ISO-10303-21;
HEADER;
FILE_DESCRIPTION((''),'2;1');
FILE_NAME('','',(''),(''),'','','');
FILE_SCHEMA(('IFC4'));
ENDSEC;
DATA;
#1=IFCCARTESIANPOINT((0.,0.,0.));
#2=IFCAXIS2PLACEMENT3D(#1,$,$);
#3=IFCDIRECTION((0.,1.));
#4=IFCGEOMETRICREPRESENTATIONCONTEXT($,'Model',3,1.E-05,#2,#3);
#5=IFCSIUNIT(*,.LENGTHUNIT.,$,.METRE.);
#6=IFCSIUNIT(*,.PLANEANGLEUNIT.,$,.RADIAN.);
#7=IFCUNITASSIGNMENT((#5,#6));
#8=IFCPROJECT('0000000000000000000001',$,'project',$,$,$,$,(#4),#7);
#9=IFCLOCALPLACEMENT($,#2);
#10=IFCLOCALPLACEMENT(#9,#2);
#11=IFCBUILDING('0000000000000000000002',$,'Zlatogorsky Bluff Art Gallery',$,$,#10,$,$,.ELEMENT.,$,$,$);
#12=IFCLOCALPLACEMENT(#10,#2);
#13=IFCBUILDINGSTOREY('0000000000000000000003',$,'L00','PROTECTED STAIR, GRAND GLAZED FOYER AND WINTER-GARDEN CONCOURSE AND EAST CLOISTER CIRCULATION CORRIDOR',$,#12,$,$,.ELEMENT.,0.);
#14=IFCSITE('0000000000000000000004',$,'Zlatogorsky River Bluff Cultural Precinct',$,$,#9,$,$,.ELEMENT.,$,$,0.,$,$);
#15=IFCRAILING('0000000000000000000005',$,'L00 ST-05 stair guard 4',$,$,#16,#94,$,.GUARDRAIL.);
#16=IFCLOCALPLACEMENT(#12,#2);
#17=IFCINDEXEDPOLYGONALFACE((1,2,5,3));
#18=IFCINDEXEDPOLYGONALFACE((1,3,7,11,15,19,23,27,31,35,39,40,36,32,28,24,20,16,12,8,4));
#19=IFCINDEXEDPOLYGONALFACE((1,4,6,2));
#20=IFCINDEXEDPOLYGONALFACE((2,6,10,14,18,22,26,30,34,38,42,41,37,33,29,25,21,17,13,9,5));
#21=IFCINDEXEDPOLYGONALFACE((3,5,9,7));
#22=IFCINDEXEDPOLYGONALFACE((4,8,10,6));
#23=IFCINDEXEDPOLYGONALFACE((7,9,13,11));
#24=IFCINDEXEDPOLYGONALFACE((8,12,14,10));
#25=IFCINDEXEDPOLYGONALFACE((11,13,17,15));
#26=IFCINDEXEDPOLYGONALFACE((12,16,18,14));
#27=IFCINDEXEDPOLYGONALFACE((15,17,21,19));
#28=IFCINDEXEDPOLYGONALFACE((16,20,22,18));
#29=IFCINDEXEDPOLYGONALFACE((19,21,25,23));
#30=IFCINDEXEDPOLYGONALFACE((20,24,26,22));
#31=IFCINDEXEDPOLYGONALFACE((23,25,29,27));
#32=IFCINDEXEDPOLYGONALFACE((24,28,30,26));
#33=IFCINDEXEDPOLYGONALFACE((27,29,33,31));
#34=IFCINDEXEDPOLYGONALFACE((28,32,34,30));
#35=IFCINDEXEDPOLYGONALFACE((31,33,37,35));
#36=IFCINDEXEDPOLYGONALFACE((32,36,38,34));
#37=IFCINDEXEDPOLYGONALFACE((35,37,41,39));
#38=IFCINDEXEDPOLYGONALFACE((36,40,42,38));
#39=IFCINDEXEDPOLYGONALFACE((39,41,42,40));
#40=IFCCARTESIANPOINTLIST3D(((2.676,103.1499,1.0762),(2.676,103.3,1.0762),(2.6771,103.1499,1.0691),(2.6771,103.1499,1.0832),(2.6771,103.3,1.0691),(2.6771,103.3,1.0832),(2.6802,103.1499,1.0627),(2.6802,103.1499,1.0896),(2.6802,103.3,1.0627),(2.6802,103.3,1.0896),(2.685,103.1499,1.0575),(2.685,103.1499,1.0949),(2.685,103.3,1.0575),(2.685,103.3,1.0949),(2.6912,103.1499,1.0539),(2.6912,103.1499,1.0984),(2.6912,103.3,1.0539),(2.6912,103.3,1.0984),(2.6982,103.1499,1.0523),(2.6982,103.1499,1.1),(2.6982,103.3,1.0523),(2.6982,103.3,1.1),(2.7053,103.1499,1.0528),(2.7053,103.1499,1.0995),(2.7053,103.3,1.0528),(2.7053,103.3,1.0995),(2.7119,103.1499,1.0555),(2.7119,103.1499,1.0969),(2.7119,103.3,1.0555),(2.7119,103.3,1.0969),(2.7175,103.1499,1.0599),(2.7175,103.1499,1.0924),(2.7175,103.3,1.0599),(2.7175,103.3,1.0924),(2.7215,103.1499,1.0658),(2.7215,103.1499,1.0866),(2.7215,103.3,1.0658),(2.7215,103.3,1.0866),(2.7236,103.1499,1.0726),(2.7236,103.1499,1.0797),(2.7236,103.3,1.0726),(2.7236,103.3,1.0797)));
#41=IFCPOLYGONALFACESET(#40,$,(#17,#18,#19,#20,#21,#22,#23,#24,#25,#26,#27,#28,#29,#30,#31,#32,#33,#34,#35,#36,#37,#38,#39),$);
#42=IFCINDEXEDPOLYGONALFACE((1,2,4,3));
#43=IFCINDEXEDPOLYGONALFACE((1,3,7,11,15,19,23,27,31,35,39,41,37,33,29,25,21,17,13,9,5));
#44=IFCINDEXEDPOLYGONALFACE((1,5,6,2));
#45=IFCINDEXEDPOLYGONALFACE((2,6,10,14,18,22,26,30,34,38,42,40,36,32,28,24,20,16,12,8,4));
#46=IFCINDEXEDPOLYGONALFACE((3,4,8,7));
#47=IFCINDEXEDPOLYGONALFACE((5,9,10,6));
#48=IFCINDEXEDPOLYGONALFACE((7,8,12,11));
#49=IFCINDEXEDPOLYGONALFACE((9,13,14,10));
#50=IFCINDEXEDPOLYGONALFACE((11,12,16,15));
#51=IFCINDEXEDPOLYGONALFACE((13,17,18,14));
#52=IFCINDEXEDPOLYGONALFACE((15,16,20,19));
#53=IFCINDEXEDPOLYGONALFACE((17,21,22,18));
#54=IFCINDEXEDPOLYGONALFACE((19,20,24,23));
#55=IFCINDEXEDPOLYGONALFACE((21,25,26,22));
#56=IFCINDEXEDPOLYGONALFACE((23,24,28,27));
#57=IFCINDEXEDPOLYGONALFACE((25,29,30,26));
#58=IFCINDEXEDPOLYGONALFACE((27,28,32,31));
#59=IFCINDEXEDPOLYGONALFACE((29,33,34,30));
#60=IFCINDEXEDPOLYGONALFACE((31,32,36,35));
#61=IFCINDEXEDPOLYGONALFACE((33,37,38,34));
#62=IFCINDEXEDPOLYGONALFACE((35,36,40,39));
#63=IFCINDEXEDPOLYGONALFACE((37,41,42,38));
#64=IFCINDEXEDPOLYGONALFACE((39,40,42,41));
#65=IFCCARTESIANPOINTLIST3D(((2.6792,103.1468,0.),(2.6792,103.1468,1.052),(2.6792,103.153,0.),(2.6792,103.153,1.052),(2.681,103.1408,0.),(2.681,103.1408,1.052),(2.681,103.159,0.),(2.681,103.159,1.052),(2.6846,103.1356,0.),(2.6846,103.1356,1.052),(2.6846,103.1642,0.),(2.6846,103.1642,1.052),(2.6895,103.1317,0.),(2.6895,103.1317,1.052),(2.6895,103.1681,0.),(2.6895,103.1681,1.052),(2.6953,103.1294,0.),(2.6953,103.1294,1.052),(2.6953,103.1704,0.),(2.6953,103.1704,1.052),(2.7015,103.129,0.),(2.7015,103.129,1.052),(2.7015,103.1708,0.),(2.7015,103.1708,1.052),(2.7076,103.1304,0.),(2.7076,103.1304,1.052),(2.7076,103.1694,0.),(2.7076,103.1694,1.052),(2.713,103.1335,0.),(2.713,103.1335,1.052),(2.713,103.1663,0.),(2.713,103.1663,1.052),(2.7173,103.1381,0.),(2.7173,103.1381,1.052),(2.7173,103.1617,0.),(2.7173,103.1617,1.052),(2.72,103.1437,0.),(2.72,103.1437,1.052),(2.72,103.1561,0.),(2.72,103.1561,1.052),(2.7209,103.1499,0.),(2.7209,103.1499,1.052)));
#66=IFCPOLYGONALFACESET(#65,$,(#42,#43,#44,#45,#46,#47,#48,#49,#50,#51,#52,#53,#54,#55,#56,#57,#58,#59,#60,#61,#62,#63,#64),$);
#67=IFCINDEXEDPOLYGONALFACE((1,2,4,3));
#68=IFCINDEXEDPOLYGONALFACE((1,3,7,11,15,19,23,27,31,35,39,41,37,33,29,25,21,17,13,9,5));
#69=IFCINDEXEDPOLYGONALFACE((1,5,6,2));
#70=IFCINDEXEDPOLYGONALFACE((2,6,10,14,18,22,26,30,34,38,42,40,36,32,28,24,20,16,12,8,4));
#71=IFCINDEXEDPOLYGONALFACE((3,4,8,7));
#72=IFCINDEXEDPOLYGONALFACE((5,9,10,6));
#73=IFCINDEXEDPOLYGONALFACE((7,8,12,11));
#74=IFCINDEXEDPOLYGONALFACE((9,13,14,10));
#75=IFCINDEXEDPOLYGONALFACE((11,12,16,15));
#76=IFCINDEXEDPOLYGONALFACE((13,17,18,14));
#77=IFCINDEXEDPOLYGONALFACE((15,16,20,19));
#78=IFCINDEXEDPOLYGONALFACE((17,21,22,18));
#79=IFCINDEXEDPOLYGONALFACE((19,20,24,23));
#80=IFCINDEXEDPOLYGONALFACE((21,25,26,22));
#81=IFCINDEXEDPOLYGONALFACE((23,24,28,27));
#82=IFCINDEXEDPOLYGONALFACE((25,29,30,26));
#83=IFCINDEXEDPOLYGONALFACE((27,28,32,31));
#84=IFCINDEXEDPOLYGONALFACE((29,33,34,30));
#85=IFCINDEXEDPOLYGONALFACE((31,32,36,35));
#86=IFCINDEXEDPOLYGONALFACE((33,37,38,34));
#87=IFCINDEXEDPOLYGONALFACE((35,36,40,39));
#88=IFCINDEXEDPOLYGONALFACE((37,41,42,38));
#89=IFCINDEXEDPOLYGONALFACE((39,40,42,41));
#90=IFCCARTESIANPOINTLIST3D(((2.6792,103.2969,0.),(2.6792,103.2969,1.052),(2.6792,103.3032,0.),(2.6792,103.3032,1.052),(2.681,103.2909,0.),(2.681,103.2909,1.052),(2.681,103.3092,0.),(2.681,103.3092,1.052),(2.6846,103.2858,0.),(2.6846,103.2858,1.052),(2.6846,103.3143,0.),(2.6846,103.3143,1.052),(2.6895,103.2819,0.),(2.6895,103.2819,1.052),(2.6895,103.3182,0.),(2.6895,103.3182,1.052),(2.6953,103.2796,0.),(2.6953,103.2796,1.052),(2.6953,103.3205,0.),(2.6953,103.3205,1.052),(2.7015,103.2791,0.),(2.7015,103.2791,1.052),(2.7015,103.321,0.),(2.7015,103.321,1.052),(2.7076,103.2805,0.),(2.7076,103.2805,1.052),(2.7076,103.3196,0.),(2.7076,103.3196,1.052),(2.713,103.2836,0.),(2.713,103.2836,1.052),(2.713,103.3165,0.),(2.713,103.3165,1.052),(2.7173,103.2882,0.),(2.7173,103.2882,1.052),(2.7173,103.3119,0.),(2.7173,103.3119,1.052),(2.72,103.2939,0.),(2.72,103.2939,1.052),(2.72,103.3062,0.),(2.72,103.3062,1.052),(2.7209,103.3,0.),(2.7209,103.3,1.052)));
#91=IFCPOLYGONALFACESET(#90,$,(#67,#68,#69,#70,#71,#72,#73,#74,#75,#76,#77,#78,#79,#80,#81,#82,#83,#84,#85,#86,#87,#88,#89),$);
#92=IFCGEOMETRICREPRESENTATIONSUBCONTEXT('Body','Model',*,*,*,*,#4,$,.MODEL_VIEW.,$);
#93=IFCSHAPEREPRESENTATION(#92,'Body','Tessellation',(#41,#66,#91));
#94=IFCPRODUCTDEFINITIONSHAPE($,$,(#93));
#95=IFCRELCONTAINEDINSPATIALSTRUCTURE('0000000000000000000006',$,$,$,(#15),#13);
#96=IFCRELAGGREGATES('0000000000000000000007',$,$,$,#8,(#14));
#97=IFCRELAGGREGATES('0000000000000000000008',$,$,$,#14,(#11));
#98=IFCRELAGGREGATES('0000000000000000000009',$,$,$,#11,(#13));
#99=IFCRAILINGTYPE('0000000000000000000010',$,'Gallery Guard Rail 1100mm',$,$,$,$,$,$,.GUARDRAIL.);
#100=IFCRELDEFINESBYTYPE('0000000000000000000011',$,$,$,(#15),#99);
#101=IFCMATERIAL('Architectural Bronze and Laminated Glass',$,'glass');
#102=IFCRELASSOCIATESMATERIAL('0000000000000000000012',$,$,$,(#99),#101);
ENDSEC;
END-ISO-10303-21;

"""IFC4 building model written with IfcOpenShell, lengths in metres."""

from ifc_helpers import new_model, si_unit, direction, frame, origin, origin_2d, place, context, subcontext, project, spatial, circle, extrude, material, type_object, element, save


model = new_model("IFC4")

# Units and contexts
model_context = context("Model", 3, precision=1e-05, world=origin(), true_north=direction((0.0, 1.0)))
body_context = subcontext(model_context, "Body", "Model", "MODEL_VIEW")
ifc_project = project(units=[si_unit("LENGTHUNIT", "METRE"), si_unit("PLANEANGLEUNIT", "RADIAN")], contexts=[model_context])

# Site, building, storey
site_placement = place(None, origin())
site = spatial("IfcSite", under=ifc_project, at=site_placement, Name="Zlatogorsky River Bluff Cultural Precinct", CompositionType="ELEMENT", RefElevation=0.0)
building_placement = place(site_placement, origin())
building = spatial("IfcBuilding", under=site, at=building_placement, Name="Zlatogorsky Bluff Art Gallery", CompositionType="ELEMENT")
storey_placement = place(building_placement, origin())
storey = spatial("IfcBuildingStorey", under=building, at=storey_placement, Name="L00", Description="PROTECTED STAIR, GRAND GLAZED FOYER AND WINTER-GARDEN CONCOURSE AND EAST CLOISTER CIRCULATION CORRIDOR", CompositionType="ELEMENT", Elevation=0.0)

# Railing
ifc_material_1 = material(Name="Architectural Bronze and Laminated Glass", Category="glass")
railing_type_1 = type_object("IfcRailingType", Name="Gallery Guard Rail 1100mm", PredefinedType="GUARDRAIL", material=ifc_material_1)
railing_1_placement = place(storey_placement, frame((2.7, 103.1499, 0.0)))
element("IfcRailing", 1, at=railing_1_placement, inside=storey, type_object=railing_type_1, Name="L00 ST-05 stair guard 4", PredefinedType="GUARDRAIL", context=body_context, shape_type="SweptSolid", body=[
    extrude(circle(Radius=0.0239, at=origin_2d()), frame((0.0, 0.0, 1.0762), z_axis=(0.0, 1.0, 0.0), x_axis=(-1.0, 0.0, 0.0)), (0.0, 0.0, 1.0), 0.1501),
    extrude(circle(Radius=0.021, at=origin_2d()), origin(), (0.0, 0.0, 1.0), 1.052),
    extrude(circle(Radius=0.021, at=origin_2d()), frame((0.0, 0.1501, 0.0)), (0.0, 0.0, 1.0), 1.052),
])

save(model, "model.ifc")
